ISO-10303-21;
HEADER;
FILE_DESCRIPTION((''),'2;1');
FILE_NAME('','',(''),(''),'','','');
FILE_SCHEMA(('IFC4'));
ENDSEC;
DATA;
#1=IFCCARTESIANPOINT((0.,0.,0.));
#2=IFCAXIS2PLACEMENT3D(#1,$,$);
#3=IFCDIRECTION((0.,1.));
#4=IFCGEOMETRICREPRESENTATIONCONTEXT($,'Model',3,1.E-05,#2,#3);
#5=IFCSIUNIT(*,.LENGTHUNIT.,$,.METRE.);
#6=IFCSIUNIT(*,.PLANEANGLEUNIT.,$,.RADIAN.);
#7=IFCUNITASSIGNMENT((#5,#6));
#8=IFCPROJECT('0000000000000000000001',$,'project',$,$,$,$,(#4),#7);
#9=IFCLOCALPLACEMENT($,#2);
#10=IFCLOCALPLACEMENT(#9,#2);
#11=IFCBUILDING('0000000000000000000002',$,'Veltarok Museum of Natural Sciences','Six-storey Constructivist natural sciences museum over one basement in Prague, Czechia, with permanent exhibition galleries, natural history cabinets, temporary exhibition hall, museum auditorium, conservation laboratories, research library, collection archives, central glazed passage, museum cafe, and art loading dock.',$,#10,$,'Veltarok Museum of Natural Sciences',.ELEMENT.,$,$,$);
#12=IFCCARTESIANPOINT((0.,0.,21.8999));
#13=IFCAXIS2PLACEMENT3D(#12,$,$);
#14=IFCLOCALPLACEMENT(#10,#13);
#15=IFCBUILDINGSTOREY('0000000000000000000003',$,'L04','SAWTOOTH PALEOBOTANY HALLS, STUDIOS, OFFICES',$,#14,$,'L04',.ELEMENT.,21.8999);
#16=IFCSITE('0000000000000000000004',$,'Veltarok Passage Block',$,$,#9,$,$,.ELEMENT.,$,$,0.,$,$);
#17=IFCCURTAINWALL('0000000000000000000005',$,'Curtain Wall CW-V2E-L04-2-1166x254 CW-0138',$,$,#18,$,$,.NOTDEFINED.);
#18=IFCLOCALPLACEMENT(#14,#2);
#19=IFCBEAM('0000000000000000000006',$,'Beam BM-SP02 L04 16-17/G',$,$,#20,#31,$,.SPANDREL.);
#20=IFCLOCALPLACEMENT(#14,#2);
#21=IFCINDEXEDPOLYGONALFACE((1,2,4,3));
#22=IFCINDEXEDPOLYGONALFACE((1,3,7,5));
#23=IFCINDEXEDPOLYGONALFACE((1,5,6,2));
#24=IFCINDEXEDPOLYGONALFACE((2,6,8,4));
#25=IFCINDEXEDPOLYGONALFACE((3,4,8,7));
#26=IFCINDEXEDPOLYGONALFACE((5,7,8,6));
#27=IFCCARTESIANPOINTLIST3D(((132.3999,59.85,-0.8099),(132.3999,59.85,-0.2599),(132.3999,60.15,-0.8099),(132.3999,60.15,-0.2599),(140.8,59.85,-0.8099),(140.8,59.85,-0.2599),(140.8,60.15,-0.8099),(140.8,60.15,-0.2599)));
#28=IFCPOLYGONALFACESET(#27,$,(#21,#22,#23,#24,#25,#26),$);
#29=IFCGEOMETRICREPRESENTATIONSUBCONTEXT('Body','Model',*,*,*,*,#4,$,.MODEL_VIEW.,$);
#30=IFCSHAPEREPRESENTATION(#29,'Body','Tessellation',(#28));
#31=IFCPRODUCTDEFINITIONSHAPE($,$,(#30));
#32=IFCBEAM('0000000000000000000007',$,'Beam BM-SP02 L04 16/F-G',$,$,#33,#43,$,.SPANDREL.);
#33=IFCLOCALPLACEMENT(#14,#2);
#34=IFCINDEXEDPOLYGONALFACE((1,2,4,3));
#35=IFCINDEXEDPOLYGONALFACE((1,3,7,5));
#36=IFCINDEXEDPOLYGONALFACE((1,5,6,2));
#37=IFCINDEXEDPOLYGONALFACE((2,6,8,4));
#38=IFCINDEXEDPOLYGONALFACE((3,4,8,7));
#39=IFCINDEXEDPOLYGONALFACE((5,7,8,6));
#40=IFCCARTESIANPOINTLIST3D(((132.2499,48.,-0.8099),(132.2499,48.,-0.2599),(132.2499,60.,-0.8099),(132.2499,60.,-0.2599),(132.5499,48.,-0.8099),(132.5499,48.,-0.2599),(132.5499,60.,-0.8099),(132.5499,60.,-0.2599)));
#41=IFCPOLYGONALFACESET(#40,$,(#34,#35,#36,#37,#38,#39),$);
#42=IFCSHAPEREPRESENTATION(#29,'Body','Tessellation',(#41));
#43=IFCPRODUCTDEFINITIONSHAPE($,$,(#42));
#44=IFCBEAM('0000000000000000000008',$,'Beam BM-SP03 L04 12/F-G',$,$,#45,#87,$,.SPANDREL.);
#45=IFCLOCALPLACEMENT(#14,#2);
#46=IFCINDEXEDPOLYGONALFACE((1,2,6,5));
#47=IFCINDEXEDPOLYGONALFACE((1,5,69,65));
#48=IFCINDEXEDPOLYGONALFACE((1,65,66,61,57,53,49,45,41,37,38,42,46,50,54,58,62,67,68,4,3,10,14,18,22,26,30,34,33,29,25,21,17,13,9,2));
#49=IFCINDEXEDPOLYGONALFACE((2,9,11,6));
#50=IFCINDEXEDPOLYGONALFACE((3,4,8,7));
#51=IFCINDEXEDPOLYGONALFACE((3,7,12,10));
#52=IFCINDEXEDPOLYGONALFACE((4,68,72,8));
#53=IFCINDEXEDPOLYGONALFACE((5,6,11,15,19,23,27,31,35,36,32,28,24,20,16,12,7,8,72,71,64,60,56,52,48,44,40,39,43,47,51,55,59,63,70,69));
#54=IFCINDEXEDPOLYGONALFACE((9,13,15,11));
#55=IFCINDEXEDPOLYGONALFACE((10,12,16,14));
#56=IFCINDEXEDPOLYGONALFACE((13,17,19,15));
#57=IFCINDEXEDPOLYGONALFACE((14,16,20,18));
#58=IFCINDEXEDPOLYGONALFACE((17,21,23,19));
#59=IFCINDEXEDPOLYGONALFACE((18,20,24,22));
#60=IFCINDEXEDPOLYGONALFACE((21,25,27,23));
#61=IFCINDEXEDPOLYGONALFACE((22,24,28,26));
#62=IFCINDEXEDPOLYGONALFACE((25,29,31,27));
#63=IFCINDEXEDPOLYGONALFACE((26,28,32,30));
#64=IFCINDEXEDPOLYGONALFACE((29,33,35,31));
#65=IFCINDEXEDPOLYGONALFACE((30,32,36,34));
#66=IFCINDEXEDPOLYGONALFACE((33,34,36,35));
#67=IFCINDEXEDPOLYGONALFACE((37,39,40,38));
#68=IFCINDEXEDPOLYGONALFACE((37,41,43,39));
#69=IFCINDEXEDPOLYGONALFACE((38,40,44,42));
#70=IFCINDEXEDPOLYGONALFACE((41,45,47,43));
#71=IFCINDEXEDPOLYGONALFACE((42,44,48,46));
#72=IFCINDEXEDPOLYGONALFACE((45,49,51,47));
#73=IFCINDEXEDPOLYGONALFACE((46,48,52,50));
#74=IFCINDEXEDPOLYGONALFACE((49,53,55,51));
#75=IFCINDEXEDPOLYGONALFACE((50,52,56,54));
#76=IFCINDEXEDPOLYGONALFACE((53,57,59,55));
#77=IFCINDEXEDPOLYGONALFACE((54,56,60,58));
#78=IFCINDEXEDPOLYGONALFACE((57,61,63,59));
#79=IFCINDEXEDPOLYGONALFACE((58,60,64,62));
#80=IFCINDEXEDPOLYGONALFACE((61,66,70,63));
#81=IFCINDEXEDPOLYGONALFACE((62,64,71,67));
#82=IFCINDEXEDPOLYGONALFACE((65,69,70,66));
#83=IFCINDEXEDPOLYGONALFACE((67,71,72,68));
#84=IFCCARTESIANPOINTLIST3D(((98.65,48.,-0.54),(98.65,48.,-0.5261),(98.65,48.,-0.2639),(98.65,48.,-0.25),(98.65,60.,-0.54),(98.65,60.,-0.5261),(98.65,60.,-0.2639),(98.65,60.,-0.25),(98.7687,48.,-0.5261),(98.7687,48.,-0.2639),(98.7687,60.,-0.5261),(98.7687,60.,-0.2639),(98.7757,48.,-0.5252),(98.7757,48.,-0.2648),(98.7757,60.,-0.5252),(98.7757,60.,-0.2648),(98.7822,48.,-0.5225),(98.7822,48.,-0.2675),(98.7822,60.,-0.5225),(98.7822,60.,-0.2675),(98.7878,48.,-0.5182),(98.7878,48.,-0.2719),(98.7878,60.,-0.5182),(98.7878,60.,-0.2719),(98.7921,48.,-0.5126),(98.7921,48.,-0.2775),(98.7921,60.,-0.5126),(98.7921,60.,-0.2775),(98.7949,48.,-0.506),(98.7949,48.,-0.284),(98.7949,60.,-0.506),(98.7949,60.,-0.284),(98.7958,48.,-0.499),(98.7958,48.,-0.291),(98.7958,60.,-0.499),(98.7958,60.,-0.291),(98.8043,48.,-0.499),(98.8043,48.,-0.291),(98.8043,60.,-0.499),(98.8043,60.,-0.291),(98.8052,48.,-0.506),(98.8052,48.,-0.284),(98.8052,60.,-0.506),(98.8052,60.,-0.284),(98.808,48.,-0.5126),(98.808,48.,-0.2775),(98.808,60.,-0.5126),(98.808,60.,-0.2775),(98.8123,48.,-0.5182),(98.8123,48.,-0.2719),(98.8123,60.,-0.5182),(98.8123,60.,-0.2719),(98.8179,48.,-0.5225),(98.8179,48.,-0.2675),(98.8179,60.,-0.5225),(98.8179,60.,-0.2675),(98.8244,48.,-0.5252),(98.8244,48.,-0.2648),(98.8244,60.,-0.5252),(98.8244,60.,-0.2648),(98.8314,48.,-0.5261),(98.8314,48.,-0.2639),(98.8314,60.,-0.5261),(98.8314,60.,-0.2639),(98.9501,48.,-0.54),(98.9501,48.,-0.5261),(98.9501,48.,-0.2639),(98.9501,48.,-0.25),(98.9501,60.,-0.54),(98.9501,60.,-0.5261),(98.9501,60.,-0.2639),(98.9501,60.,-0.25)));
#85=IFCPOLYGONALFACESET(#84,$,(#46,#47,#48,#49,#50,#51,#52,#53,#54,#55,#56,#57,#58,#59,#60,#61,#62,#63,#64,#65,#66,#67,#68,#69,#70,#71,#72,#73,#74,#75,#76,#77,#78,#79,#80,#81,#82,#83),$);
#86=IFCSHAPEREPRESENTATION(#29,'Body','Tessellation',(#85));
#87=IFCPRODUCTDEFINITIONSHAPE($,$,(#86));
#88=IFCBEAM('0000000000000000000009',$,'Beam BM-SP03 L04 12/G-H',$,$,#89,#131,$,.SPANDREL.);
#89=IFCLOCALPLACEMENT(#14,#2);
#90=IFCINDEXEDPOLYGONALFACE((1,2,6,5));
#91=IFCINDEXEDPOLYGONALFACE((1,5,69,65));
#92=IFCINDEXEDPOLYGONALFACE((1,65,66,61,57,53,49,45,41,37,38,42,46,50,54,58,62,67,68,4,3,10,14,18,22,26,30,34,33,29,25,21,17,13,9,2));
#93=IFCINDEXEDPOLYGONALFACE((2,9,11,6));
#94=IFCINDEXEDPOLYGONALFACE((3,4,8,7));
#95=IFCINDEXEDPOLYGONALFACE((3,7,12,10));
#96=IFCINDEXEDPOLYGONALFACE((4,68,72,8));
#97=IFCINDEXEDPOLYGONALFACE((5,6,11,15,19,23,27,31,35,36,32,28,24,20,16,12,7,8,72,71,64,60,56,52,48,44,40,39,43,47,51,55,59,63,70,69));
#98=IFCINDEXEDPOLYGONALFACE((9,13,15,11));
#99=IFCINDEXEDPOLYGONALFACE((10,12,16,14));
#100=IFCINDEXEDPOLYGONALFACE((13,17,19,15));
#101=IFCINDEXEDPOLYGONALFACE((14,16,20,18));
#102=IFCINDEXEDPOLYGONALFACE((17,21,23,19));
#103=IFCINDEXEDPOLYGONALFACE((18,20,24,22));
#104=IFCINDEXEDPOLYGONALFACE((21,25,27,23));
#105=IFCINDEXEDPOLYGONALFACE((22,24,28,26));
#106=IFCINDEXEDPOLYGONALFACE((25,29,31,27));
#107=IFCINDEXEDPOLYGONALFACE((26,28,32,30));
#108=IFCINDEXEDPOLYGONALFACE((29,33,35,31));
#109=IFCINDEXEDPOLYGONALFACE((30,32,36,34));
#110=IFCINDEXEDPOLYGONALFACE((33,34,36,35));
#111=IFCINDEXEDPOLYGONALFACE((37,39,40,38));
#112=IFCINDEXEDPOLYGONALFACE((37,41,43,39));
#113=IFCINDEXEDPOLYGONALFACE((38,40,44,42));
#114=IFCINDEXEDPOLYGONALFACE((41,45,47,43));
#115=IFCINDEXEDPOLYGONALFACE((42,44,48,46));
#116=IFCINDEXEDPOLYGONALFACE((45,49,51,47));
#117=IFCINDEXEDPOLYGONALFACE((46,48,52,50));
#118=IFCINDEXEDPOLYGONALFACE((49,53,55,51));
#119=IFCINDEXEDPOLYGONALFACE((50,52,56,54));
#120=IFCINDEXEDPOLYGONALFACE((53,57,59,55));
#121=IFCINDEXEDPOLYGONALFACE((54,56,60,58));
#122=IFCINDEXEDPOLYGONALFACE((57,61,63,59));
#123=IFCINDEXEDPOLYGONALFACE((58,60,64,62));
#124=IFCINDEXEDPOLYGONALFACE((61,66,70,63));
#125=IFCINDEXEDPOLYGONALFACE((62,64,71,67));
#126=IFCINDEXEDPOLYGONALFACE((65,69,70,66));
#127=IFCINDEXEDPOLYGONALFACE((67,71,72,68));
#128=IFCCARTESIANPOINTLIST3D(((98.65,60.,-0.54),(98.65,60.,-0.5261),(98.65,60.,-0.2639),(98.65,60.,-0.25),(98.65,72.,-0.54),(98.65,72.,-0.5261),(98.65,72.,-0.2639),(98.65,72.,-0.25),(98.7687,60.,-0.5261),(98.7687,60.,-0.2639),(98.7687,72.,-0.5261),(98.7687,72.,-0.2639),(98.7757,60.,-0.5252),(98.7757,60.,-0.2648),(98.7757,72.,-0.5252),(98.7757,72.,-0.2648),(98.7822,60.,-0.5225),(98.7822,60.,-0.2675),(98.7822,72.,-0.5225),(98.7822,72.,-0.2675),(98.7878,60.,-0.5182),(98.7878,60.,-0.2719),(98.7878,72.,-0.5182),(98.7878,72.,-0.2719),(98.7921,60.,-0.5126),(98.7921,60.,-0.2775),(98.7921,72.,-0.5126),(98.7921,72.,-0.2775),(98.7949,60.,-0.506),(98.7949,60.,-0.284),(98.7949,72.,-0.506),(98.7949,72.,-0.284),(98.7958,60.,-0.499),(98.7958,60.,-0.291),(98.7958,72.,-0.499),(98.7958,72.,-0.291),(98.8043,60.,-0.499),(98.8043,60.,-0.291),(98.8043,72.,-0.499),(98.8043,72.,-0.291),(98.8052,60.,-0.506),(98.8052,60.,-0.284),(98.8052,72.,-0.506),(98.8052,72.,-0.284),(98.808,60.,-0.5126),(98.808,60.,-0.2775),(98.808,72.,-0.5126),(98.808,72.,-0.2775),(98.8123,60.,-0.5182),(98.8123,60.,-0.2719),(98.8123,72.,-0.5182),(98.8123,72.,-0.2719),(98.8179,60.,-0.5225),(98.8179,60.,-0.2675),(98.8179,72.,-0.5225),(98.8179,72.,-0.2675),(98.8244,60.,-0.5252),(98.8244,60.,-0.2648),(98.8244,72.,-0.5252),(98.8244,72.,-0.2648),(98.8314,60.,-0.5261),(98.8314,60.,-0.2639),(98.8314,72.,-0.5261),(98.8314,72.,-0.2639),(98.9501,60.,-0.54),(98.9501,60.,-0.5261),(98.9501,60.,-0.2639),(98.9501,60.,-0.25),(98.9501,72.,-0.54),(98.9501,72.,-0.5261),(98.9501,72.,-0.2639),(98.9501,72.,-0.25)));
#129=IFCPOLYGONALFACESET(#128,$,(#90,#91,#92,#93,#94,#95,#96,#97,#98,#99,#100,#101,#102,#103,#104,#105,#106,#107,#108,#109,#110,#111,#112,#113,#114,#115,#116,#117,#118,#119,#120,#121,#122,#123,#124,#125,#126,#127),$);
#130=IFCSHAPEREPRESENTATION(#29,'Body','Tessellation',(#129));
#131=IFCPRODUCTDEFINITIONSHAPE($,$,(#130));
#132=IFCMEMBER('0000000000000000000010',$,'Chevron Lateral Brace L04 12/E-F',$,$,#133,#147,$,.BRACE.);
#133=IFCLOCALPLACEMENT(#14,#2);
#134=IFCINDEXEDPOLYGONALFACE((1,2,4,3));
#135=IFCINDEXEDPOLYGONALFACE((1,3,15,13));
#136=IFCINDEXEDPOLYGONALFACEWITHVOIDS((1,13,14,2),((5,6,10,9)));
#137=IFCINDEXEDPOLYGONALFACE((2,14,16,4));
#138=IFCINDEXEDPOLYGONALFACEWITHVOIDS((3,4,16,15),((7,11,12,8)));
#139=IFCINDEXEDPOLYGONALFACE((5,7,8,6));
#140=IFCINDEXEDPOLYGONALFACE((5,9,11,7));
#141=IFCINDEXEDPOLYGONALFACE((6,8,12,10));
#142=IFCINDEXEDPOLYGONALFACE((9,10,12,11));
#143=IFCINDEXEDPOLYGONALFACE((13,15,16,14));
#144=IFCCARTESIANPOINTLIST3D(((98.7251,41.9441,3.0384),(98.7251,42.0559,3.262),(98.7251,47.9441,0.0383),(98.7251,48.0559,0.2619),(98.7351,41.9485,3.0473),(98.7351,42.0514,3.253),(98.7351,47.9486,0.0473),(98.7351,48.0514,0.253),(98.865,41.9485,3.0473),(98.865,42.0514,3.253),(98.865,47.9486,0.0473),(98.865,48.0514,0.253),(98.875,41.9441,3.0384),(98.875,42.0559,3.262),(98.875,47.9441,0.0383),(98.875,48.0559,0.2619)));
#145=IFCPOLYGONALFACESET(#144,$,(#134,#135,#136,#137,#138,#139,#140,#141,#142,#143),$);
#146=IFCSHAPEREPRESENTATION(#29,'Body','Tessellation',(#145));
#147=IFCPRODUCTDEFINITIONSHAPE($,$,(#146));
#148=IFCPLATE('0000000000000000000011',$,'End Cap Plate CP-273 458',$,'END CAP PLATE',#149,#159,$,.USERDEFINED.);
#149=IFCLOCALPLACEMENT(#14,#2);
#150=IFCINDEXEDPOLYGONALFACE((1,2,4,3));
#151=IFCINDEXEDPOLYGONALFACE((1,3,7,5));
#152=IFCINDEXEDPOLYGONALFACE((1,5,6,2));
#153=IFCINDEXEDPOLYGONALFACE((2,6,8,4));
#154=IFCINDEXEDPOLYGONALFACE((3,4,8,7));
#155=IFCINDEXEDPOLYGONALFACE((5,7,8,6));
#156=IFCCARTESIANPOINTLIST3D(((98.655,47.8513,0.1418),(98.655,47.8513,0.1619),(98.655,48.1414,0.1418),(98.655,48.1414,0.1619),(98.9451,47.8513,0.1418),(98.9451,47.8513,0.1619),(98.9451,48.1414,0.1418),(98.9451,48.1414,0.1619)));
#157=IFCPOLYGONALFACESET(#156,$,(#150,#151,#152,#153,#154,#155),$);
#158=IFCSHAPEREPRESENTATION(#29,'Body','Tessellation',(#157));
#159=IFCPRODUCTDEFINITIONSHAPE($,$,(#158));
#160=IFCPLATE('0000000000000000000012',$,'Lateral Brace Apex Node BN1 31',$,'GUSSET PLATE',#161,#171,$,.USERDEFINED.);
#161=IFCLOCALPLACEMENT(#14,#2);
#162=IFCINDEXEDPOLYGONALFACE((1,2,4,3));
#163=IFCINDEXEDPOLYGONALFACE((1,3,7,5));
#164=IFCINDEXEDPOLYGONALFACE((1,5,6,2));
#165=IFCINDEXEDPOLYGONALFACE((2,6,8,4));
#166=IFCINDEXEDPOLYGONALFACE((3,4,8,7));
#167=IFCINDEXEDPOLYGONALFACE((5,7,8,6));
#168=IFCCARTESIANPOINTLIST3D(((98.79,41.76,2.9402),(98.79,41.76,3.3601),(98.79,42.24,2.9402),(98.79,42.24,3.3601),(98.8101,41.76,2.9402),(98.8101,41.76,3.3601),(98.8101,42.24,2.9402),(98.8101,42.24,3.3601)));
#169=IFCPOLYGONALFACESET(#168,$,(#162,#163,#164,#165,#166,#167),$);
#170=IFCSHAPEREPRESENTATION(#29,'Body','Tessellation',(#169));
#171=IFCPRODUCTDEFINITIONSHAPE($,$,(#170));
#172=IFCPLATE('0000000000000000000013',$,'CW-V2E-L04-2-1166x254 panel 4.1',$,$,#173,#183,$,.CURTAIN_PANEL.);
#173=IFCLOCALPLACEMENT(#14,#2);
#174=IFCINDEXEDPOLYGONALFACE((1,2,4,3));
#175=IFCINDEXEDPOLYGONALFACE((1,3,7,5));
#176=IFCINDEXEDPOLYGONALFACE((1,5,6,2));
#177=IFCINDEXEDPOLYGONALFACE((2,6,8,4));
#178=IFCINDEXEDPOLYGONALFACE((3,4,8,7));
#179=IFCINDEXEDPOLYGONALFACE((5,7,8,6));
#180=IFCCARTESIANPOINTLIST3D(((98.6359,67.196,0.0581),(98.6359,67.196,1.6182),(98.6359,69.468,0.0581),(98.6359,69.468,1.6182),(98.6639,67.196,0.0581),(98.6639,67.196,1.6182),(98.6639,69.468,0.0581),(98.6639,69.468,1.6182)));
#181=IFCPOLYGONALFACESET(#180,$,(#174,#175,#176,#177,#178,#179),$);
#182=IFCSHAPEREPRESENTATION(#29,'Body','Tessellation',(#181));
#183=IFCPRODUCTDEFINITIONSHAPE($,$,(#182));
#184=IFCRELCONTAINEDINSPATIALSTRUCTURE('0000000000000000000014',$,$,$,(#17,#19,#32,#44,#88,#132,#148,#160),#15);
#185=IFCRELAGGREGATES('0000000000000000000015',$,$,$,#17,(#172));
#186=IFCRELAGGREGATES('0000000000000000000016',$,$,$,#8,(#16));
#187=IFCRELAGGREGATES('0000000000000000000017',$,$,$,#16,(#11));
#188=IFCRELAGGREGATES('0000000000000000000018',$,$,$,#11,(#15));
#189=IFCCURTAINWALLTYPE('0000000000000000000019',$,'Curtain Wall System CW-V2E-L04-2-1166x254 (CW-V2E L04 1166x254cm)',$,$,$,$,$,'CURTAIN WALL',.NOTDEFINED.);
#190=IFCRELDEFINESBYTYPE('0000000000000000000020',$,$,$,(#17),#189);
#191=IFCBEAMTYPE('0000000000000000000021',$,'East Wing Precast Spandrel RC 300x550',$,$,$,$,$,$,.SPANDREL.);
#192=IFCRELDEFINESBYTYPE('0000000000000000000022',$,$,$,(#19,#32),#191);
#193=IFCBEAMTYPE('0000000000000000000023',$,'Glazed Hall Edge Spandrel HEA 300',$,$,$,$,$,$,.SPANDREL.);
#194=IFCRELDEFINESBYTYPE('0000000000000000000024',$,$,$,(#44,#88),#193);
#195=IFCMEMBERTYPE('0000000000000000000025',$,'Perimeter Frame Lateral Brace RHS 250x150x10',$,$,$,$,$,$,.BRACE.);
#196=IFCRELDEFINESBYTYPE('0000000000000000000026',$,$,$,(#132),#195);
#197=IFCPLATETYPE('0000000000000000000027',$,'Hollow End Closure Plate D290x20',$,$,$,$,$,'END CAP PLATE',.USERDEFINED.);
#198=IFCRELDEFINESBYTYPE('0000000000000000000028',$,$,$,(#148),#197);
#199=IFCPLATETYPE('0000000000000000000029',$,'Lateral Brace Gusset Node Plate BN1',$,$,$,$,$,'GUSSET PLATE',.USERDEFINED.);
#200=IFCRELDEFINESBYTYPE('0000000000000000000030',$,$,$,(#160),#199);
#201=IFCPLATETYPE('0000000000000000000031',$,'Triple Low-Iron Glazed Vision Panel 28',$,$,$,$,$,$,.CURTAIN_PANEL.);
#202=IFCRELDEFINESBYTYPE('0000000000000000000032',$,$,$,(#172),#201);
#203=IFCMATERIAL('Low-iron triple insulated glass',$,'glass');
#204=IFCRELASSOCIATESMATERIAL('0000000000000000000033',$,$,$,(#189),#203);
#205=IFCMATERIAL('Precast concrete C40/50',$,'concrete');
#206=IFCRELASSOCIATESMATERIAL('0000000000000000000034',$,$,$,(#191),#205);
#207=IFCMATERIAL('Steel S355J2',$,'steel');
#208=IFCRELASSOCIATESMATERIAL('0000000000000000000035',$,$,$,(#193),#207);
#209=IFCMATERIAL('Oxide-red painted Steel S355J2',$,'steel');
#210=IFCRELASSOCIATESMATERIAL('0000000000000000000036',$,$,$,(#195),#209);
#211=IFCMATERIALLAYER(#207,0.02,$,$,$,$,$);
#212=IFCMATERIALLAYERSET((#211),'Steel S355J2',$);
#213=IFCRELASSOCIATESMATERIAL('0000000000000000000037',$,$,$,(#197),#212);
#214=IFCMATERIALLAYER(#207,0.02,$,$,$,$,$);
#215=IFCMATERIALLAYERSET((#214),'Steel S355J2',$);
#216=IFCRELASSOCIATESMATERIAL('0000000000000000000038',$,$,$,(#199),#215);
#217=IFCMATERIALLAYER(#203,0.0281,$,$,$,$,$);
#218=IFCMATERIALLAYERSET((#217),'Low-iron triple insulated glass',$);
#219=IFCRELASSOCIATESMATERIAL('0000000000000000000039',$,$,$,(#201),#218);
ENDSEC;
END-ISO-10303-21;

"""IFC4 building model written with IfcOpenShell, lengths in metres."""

from ifc_helpers import new_model, si_unit, direction, frame, origin, origin_2d, place, context, subcontext, project, spatial, rectangle, hollow_rectangle, i_section, extrude, material, layer, layer_set, material_profile, profile_set, type_object, element, aggregate, save


model = new_model("IFC4")

# Units and contexts
model_context = context("Model", 3, precision=1e-05, world=origin(), true_north=direction((0.0, 1.0)))
body_context = subcontext(model_context, "Body", "Model", "MODEL_VIEW")
ifc_project = project(units=[si_unit("LENGTHUNIT", "METRE"), si_unit("PLANEANGLEUNIT", "RADIAN")], contexts=[model_context])

# Site, building, storey
site_placement = place(None, origin())
site = spatial("IfcSite", under=ifc_project, at=site_placement, Name="Veltarok Passage Block", CompositionType="ELEMENT", RefElevation=0.0)
building_placement = place(site_placement, origin())
building = spatial("IfcBuilding", under=site, at=building_placement, Name="Veltarok Museum of Natural Sciences", Description="Six-storey Constructivist natural sciences museum over one basement in Prague, Czechia, with permanent exhibition galleries, natural history cabinets, temporary exhibition hall, museum auditorium, conservation laboratories, research library, collection archives, central glazed passage, museum cafe, and art loading dock.", LongName="Veltarok Museum of Natural Sciences", CompositionType="ELEMENT")
storey_placement = place(building_placement, frame((0.0, 0.0, 21.8999)))
storey = spatial("IfcBuildingStorey", under=building, at=storey_placement, Name="L04", Description="SAWTOOTH PALEOBOTANY HALLS, STUDIOS, OFFICES", LongName="L04", CompositionType="ELEMENT", Elevation=21.8999)

# Shared definitions
ifc_material_1 = material(Name="Steel S355J2", Category="steel")

# Curtain wall
ifc_material_2 = material(Name="Low-iron triple insulated glass", Category="glass")
curtain_wall_type_1 = type_object("IfcCurtainWallType", Name="Curtain Wall System CW-V2E-L04-2-1166x254 (CW-V2E L04 1166x254cm)", ElementType="CURTAIN WALL", PredefinedType="NOTDEFINED", material=ifc_material_2)
curtain_wall_1_placement = place(storey_placement, origin())
curtain_wall_1 = element("IfcCurtainWall", 1, at=curtain_wall_1_placement, inside=storey, type_object=curtain_wall_type_1, Name="Curtain Wall CW-V2E-L04-2-1166x254 CW-0138", PredefinedType="NOTDEFINED")

# Beams
ifc_material_3 = material(Name="Precast concrete C40/50", Category="concrete")
ifc_material_profile_1 = material_profile(ifc_material_3, rectangle(XDim=0.3, YDim=0.55, at=origin_2d()), Name="RC 300x550")
ifc_profile_set_1 = profile_set([ifc_material_profile_1], Name="Precast concrete C40/50")
beam_type_1 = type_object("IfcBeamType", Name="East Wing Precast Spandrel RC 300x550", PredefinedType="SPANDREL", material=ifc_profile_set_1)
for number, where, z_axis, x_axis, name in (
    (2, (132.3999, 60.0, -0.5349), (1.0, 0.0, 0.0), (0.0, 1.0, 0.0), "Beam BM-SP02 L04 16-17/G"),
):
    element("IfcBeam", number, at=place(storey_placement, frame(where, z_axis=z_axis, x_axis=x_axis)), inside=storey, type_object=beam_type_1, Name=name, PredefinedType="SPANDREL", context=body_context, shape_type="SweptSolid", body=[
        extrude(rectangle(XDim=0.3, YDim=0.55, at=origin_2d()), origin(), (0.0, 0.0, 1.0), 8.4001),
    ])
beam_placement = place(storey_placement, frame((132.3999, 48.0, -0.5349), z_axis=(0.0, 1.0, 0.0), x_axis=(-1.0, 0.0, 0.0)))
element("IfcBeam", 3, at=beam_placement, inside=storey, type_object=beam_type_1, Name="Beam BM-SP02 L04 16/F-G", PredefinedType="SPANDREL", context=body_context, shape_type="SweptSolid", body=[
    extrude(rectangle(XDim=0.3, YDim=0.55, at=origin_2d()), origin(), (0.0, 0.0, 1.0), 12.0),
])
ifc_material_profile_2 = material_profile(ifc_material_1, i_section(OverallWidth=0.3, OverallDepth=0.29, WebThickness=0.0085, FlangeThickness=0.0139, FilletRadius=0.0271, at=origin_2d()), Name="HEA 300")
ifc_profile_set_2 = profile_set([ifc_material_profile_2], Name="Steel S355J2")
beam_type_2 = type_object("IfcBeamType", Name="Glazed Hall Edge Spandrel HEA 300", PredefinedType="SPANDREL", material=ifc_profile_set_2)
for number, where, z_axis, x_axis, name in (
    (4, (98.8, 48.0, -0.395), (0.0, 1.0, 0.0), (-1.0, 0.0, 0.0), "Beam BM-SP03 L04 12/F-G"),
    (5, (98.8, 60.0, -0.395), (0.0, 1.0, 0.0), (-1.0, 0.0, 0.0), "Beam BM-SP03 L04 12/G-H"),
):
    element("IfcBeam", number, at=place(storey_placement, frame(where, z_axis=z_axis, x_axis=x_axis)), inside=storey, type_object=beam_type_2, Name=name, PredefinedType="SPANDREL", context=body_context, shape_type="SweptSolid", body=[
        extrude(i_section(OverallWidth=0.3, OverallDepth=0.29, WebThickness=0.0085, FlangeThickness=0.0139, FilletRadius=0.0271, at=origin_2d()), origin(), (0.0, 0.0, 1.0), 12.0),
    ])

# Member
ifc_material_4 = material(Name="Oxide-red painted Steel S355J2", Category="steel")
ifc_material_profile_3 = material_profile(ifc_material_4, hollow_rectangle(XDim=0.1499, YDim=0.25, WallThickness=0.01, at=origin_2d()), Name="RHS 250x150x10")
ifc_profile_set_3 = profile_set([ifc_material_profile_3], Name="Oxide-red painted Steel S355J2")
member_type_1 = type_object("IfcMemberType", Name="Perimeter Frame Lateral Brace RHS 250x150x10", PredefinedType="BRACE", material=ifc_profile_set_3)
member_1_placement = place(storey_placement, frame((98.8, 48.0, 0.1501), z_axis=(0.0, -0.894427, 0.447214), x_axis=(1.0, 0.0, 0.0)))
element("IfcMember", 6, at=member_1_placement, inside=storey, type_object=member_type_1, Name="Chevron Lateral Brace L04 12/E-F", PredefinedType="BRACE", context=body_context, shape_type="SweptSolid", body=[
    extrude(hollow_rectangle(XDim=0.1499, YDim=0.25, WallThickness=0.01, at=origin_2d()), origin(), (0.0, 0.0, 1.0), 6.7083),
])

# Plates
ifc_layer_1 = layer(ifc_material_1, 0.02)
ifc_layer_set_1 = layer_set([ifc_layer_1], Name="Steel S355J2")
plate_type_1 = type_object("IfcPlateType", Name="Hollow End Closure Plate D290x20", ElementType="END CAP PLATE", PredefinedType="USERDEFINED", material=ifc_layer_set_1)
plate_1_placement = place(storey_placement, frame((98.8, 47.9963, 0.1418), z_axis=(0.0, 0.0, 1.0), x_axis=(0.0, 1.0, 0.0)))
element("IfcPlate", 7, at=plate_1_placement, inside=storey, type_object=plate_type_1, Name="End Cap Plate CP-273 458", ObjectType="END CAP PLATE", PredefinedType="USERDEFINED", context=body_context, shape_type="SweptSolid", body=[
    extrude(rectangle(XDim=0.29, YDim=0.29, at=origin_2d()), origin(), (0.0, 0.0, 1.0), 0.02),
])
ifc_layer_2 = layer(ifc_material_1, 0.02)
ifc_layer_set_2 = layer_set([ifc_layer_2], Name="Steel S355J2")
plate_type_2 = type_object("IfcPlateType", Name="Lateral Brace Gusset Node Plate BN1", ElementType="GUSSET PLATE", PredefinedType="USERDEFINED", material=ifc_layer_set_2)
plate_2_placement = place(storey_placement, frame((98.8, 42.0, 2.9402), z_axis=(0.0, 0.0, 1.0), x_axis=(1.0, 0.0, 0.0)))
element("IfcPlate", 8, at=plate_2_placement, inside=storey, type_object=plate_type_2, Name="Lateral Brace Apex Node BN1 31", ObjectType="GUSSET PLATE", PredefinedType="USERDEFINED", context=body_context, shape_type="SweptSolid", body=[
    extrude(rectangle(XDim=0.02, YDim=0.48, at=origin_2d()), origin(), (0.0, 0.0, 1.0), 0.4199),
])

# Plate
ifc_layer_3 = layer(ifc_material_2, 0.0281)
ifc_layer_set_3 = layer_set([ifc_layer_3], Name="Low-iron triple insulated glass")
plate_type_3 = type_object("IfcPlateType", Name="Triple Low-Iron Glazed Vision Panel 28", PredefinedType="CURTAIN_PANEL", material=ifc_layer_set_3)
plate_3_placement = place(storey_placement, frame((98.6499, 68.332, 0.0581), z_axis=(0.0, 0.0, 1.0), x_axis=(0.0, 1.0, 0.0)))
plate_3 = element("IfcPlate", 9, at=plate_3_placement, type_object=plate_type_3, Name="CW-V2E-L04-2-1166x254 panel 4.1", PredefinedType="CURTAIN_PANEL", context=body_context, shape_type="SweptSolid", body=[
    extrude(rectangle(XDim=2.272, YDim=0.0281, at=origin_2d()), origin(), (0.0, 0.0, 1.0), 1.5601),
])
aggregate(curtain_wall_1, [plate_3])

save(model, "model.ifc")
